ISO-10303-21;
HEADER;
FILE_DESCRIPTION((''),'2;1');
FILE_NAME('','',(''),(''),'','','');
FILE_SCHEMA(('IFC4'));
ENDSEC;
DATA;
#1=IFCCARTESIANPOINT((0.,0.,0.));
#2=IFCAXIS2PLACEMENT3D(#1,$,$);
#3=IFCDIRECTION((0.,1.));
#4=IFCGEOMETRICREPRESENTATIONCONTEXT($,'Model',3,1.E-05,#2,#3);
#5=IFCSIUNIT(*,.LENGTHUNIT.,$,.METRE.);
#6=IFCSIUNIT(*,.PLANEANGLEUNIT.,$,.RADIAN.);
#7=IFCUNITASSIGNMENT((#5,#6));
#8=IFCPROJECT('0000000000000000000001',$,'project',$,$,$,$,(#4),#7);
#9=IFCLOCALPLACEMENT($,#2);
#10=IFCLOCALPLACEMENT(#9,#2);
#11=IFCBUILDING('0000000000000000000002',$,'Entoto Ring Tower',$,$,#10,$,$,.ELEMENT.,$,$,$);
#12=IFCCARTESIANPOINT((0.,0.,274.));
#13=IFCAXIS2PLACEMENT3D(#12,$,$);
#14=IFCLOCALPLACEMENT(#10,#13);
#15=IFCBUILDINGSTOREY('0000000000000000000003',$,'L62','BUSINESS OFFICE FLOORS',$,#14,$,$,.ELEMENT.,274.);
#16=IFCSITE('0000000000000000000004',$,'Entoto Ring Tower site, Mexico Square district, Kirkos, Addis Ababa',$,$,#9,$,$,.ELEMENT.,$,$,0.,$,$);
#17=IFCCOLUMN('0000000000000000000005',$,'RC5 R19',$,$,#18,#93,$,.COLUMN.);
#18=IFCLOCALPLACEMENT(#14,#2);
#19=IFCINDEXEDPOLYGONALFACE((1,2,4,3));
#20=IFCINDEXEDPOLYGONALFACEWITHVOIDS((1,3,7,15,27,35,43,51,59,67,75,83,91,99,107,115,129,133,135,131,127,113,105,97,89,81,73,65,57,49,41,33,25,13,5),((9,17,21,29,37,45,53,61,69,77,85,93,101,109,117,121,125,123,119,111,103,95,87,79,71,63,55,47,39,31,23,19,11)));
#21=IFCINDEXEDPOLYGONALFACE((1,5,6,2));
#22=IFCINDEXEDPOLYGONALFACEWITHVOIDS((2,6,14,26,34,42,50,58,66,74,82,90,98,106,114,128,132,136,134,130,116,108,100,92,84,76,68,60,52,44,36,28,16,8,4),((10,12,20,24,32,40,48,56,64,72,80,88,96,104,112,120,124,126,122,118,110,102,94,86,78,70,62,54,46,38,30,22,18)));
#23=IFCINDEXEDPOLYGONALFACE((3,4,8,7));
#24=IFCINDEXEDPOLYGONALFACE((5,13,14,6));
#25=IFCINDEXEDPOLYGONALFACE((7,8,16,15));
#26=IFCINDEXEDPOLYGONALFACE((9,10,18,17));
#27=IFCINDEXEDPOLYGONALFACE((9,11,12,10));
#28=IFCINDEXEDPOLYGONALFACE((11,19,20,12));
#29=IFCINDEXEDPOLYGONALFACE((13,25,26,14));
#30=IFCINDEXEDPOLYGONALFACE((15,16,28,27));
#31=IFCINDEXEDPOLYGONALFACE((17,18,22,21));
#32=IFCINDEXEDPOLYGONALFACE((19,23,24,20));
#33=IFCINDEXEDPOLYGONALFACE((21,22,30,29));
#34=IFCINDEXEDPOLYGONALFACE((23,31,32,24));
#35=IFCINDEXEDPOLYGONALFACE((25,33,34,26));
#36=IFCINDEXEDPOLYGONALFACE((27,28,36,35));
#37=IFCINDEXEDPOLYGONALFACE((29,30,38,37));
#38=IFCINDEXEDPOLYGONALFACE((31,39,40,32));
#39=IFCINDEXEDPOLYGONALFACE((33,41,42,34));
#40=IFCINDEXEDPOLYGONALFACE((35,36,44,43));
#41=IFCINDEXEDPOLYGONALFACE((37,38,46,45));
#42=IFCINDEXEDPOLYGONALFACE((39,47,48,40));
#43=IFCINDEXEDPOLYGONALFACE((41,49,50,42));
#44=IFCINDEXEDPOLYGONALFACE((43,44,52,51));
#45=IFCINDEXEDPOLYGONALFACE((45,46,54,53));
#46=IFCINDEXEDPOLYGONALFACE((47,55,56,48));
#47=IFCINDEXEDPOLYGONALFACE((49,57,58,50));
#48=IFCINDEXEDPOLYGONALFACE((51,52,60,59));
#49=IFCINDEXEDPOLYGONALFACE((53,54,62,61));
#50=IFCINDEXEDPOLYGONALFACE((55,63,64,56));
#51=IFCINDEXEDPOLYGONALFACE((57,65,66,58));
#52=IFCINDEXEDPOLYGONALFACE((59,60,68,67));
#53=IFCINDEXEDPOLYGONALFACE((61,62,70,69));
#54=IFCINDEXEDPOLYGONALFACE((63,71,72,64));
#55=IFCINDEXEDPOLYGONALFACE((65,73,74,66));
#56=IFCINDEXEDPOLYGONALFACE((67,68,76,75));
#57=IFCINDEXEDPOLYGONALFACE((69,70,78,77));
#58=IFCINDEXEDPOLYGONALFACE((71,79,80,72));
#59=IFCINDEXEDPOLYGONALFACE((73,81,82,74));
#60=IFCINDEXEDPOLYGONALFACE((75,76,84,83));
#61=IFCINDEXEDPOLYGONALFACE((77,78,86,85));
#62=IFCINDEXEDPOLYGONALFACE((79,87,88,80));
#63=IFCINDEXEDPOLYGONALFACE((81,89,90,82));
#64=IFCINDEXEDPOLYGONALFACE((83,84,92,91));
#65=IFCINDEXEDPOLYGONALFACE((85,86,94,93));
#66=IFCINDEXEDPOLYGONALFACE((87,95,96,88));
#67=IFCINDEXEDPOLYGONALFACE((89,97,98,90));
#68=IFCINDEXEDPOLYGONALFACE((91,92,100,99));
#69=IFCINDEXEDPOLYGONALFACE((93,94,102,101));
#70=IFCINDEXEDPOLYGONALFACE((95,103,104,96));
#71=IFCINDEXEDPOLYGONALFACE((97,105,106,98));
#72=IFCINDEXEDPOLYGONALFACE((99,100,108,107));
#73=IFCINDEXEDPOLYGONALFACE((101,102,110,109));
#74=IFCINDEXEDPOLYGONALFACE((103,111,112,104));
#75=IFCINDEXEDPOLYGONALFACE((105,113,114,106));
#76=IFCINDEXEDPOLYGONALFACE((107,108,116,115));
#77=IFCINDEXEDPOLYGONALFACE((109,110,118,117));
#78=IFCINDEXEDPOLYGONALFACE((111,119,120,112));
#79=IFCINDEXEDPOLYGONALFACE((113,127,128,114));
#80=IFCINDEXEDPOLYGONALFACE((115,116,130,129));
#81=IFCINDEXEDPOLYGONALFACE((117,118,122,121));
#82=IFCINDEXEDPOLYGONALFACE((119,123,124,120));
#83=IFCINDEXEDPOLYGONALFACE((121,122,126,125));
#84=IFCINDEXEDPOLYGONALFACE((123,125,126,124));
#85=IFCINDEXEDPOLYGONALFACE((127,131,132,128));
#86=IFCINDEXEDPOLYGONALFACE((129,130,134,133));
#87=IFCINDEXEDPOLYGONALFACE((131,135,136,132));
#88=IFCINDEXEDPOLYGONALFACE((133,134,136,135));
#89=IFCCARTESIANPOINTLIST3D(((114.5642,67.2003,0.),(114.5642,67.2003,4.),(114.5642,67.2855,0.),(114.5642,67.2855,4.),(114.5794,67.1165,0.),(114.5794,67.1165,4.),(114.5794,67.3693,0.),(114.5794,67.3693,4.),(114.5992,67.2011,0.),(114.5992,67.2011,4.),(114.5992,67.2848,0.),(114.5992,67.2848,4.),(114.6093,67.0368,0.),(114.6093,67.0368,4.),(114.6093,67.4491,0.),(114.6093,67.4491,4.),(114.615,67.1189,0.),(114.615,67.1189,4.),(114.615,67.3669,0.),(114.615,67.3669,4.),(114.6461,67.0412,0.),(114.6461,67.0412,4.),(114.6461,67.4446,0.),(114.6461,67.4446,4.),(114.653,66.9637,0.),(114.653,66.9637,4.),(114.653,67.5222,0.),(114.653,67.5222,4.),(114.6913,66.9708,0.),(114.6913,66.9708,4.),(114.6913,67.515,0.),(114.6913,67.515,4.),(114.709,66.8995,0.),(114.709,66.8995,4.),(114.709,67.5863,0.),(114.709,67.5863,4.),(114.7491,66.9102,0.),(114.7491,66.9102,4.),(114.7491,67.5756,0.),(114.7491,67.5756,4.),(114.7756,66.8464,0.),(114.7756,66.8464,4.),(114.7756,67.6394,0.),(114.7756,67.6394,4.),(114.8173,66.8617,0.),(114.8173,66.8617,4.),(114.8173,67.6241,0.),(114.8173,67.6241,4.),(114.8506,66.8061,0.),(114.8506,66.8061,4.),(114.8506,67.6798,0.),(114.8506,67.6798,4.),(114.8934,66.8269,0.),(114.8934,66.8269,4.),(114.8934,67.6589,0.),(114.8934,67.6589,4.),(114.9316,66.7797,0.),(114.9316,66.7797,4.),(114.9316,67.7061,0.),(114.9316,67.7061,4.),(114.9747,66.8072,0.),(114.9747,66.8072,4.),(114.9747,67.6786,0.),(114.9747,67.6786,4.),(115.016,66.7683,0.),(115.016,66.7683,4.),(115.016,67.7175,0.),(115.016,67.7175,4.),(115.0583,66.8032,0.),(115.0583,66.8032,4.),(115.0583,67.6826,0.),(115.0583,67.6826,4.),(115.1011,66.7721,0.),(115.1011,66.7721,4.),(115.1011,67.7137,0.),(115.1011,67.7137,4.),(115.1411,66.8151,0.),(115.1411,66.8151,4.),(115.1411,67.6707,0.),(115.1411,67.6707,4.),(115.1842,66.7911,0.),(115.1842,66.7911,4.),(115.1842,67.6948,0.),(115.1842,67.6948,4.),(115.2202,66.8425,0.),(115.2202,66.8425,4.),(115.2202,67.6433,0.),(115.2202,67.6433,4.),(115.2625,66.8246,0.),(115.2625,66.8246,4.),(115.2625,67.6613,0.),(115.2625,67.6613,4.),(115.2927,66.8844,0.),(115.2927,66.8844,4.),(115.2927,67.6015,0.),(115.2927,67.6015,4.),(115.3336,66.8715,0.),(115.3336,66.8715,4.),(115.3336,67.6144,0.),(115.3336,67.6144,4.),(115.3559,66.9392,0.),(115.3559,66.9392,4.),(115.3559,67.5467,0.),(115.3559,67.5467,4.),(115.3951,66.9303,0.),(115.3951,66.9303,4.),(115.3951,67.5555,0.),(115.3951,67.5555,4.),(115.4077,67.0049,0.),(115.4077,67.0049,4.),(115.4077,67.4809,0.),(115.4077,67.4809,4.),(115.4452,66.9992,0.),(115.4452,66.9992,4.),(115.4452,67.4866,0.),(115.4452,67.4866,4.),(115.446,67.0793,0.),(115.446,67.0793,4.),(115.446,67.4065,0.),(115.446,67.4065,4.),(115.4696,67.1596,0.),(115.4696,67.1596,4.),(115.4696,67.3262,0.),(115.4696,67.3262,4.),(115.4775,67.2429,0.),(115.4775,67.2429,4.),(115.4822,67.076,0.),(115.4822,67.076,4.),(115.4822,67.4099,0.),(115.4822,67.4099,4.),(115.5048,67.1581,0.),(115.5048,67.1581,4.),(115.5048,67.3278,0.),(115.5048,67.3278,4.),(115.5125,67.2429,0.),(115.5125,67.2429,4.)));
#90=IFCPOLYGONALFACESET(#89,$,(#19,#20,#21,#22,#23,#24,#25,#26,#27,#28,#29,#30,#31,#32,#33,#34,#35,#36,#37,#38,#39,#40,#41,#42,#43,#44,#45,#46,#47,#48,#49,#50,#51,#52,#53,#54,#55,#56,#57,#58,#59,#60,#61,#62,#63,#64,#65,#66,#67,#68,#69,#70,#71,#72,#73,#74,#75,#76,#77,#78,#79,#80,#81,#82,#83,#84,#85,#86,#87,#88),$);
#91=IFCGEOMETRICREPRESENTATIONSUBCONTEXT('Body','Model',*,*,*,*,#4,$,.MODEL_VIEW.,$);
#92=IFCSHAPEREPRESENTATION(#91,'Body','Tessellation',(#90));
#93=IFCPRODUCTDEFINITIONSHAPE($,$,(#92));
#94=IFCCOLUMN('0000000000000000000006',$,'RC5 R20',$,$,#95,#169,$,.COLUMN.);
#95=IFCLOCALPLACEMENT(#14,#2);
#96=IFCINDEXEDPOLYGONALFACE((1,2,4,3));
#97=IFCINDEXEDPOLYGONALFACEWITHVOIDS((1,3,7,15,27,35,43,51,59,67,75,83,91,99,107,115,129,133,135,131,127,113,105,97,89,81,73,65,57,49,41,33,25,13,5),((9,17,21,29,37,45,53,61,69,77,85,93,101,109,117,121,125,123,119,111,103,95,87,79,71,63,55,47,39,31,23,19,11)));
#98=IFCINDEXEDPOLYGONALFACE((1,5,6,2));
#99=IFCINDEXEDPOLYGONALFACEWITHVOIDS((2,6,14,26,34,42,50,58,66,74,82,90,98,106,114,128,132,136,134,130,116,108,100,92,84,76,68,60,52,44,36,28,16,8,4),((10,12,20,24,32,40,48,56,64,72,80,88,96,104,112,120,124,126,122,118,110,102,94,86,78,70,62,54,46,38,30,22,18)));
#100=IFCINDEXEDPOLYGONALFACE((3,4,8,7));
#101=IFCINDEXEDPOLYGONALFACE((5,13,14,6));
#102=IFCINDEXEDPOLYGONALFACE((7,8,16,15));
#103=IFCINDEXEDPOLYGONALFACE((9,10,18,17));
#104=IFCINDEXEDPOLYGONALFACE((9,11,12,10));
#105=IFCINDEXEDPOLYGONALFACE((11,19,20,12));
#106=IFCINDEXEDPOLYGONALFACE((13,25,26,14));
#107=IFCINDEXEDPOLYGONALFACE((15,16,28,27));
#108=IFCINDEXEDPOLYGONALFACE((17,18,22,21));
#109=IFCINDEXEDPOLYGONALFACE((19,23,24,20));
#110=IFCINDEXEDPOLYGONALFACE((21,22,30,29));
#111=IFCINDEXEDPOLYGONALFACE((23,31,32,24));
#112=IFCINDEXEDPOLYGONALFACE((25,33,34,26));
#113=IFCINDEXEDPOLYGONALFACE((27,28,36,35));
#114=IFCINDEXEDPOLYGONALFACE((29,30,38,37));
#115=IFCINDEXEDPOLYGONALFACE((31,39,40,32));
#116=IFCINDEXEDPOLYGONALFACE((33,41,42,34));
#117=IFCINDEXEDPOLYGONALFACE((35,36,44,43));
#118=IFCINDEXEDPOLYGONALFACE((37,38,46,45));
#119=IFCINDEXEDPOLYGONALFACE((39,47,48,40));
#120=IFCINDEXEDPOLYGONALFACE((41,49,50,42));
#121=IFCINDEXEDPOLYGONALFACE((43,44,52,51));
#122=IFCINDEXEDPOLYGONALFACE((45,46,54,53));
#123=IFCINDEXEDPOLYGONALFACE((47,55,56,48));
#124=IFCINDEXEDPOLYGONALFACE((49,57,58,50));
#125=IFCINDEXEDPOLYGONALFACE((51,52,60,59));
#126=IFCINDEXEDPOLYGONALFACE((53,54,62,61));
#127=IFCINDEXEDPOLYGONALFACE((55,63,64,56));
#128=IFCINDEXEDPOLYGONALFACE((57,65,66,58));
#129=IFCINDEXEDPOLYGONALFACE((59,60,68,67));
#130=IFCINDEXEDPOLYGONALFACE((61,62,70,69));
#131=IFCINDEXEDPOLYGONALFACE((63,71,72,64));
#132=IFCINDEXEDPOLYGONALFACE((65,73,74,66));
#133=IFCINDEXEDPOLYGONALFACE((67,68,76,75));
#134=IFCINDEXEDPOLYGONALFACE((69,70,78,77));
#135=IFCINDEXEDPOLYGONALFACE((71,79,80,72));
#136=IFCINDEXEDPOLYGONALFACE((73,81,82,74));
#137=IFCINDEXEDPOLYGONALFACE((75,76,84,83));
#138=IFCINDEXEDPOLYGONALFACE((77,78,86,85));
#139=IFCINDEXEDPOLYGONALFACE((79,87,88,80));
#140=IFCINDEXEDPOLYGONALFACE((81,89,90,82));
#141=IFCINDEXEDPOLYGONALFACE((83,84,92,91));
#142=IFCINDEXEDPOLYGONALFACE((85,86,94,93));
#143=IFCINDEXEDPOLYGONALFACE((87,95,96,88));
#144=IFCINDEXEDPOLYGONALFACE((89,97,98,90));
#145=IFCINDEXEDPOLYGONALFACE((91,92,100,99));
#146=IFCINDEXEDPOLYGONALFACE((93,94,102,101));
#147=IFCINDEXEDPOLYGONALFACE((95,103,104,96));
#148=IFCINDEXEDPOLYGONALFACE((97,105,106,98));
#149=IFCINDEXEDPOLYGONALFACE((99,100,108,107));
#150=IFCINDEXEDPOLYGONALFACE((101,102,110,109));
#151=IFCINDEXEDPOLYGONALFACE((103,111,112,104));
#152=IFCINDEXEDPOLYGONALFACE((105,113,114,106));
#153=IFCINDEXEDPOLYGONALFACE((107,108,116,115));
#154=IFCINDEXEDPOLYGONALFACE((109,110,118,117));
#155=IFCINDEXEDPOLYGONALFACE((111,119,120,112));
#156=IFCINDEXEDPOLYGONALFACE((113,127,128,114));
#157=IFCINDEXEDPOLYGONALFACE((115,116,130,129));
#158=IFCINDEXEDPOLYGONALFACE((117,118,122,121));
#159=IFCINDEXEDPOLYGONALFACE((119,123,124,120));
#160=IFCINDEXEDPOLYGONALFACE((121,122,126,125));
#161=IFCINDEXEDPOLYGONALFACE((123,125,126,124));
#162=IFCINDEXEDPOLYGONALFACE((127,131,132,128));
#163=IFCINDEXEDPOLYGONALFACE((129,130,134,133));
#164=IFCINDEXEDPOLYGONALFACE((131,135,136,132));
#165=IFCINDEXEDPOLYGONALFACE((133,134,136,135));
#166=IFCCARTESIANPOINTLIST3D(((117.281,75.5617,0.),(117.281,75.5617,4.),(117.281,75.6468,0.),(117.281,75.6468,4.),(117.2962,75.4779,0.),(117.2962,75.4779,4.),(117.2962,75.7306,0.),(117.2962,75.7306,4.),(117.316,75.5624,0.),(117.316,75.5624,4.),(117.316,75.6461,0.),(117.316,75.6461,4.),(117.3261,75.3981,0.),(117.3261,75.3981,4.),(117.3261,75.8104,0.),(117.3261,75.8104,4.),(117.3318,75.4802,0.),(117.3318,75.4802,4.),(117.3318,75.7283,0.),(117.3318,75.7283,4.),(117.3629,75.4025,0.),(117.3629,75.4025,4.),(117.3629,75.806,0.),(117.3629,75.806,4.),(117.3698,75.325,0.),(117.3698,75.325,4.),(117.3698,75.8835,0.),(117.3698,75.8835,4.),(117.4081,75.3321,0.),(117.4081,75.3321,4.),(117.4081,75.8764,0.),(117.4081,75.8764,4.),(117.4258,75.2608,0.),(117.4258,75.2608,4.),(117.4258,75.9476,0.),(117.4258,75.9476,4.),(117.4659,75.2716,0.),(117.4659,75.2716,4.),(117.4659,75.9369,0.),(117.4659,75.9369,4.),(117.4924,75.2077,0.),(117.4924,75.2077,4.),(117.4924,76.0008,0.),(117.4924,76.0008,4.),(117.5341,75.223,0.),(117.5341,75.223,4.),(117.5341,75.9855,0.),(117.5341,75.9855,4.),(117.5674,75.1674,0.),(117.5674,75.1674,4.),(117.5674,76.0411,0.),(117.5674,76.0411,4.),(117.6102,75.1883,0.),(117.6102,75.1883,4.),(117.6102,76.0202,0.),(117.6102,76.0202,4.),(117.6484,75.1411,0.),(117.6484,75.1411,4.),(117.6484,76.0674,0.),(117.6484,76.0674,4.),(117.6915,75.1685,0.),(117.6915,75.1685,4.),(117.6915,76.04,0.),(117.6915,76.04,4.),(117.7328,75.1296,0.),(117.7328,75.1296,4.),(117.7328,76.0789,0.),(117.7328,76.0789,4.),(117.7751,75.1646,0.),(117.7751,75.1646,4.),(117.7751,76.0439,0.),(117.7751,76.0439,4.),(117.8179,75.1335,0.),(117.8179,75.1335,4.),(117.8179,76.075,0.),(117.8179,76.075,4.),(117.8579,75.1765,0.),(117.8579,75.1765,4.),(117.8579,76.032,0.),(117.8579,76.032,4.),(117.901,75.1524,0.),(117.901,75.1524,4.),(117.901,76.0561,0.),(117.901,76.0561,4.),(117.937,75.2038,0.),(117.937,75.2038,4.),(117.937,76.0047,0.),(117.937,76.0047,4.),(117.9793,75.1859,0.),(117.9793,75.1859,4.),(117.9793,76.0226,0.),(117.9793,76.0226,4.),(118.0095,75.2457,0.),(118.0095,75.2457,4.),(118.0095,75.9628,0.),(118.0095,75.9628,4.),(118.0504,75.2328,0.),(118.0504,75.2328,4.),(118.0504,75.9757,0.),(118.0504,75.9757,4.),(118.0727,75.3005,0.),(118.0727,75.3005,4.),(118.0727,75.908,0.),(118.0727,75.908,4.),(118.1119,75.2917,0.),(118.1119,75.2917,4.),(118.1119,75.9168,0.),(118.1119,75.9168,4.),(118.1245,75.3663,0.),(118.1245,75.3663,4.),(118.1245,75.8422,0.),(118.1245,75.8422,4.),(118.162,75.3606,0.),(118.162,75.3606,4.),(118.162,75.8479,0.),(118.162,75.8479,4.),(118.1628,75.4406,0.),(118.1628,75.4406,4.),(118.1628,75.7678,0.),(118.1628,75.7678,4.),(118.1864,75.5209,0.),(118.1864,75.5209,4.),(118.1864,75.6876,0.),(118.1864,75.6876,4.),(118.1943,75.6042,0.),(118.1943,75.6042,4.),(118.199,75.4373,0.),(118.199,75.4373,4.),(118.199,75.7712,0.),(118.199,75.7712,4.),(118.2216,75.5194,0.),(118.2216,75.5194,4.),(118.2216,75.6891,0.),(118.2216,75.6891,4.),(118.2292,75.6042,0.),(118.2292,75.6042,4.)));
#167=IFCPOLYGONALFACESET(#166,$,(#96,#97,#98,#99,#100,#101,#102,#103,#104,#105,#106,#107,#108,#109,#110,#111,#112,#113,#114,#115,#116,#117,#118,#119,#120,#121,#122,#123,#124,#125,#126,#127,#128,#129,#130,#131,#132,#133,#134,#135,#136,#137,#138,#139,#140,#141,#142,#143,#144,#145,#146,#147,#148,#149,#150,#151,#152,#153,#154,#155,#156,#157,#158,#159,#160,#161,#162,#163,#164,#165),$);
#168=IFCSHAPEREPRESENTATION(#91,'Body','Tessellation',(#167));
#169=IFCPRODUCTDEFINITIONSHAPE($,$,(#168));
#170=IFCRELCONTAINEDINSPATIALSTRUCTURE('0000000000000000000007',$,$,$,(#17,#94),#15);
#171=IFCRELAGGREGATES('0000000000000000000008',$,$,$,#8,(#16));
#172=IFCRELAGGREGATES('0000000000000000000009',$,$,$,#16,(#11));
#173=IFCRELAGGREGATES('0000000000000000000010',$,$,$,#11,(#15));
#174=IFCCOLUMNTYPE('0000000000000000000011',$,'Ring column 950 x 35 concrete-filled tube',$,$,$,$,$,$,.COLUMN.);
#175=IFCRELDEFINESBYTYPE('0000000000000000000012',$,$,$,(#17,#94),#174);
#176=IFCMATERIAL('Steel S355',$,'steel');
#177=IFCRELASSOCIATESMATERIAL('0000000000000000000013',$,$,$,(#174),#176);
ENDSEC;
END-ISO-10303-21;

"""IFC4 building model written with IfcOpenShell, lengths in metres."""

from ifc_helpers import new_model, si_unit, direction, frame, origin, origin_2d, place, context, subcontext, project, spatial, circle, hollow_circle, extrude, material, material_profile, profile_set, type_object, element, save


model = new_model("IFC4")

# Units and contexts
model_context = context("Model", 3, precision=1e-05, world=origin(), true_north=direction((0.0, 1.0)))
body_context = subcontext(model_context, "Body", "Model", "MODEL_VIEW")
ifc_project = project(units=[si_unit("LENGTHUNIT", "METRE"), si_unit("PLANEANGLEUNIT", "RADIAN")], contexts=[model_context])

# Site, building, storey
site_placement = place(None, origin())
site = spatial("IfcSite", under=ifc_project, at=site_placement, Name="Entoto Ring Tower site, Mexico Square district, Kirkos, Addis Ababa", CompositionType="ELEMENT", RefElevation=0.0)
building_placement = place(site_placement, origin())
building = spatial("IfcBuilding", under=site, at=building_placement, Name="Entoto Ring Tower", CompositionType="ELEMENT")
storey_placement = place(building_placement, frame((0.0, 0.0, 274.0)))
storey = spatial("IfcBuildingStorey", under=building, at=storey_placement, Name="L62", Description="BUSINESS OFFICE FLOORS", CompositionType="ELEMENT", Elevation=274.0)

# Columns
ifc_material_1 = material(Name="Steel S355", Category="steel")
ifc_material_profile_1 = material_profile(ifc_material_1, hollow_circle(Radius=0.4751, WallThickness=0.0349, at=origin_2d()), Name="CHS 950 x 35")
ifc_material_2 = material(Name="Concrete C60/75", Category="concrete")
ifc_material_profile_2 = material_profile(ifc_material_2, circle(Radius=0.4399, at=origin_2d()), Name="Concrete C60/75 infill")
ifc_profile_set_1 = profile_set([ifc_material_profile_1, ifc_material_profile_2], Name="Steel S355")
column_type = type_object("IfcColumnType", Name="Ring column 950 x 35 concrete-filled tube", PredefinedType="COLUMN", material=ifc_profile_set_1)
for number, where, z_axis, x_axis, name in (
    (1, (115.0374, 67.2429, 0.0), (0.0, 0.0, 1.0), (1.0, 0.0, 0.0), "RC5 R19"),
    (2, (117.7542, 75.6042, 0.0), (0.0, 0.0, 1.0), (1.0, 0.0, 0.0), "RC5 R20"),
):
    element("IfcColumn", number, at=place(storey_placement, frame(where, z_axis=z_axis, x_axis=x_axis)), inside=storey, type_object=column_type, Name=name, PredefinedType="COLUMN", context=body_context, shape_type="SweptSolid", body=[
        extrude(hollow_circle(Radius=0.4751, WallThickness=0.0349, at=origin_2d()), origin(), (0.0, 0.0, 1.0), 4.0),
    ])

save(model, "model.ifc")
